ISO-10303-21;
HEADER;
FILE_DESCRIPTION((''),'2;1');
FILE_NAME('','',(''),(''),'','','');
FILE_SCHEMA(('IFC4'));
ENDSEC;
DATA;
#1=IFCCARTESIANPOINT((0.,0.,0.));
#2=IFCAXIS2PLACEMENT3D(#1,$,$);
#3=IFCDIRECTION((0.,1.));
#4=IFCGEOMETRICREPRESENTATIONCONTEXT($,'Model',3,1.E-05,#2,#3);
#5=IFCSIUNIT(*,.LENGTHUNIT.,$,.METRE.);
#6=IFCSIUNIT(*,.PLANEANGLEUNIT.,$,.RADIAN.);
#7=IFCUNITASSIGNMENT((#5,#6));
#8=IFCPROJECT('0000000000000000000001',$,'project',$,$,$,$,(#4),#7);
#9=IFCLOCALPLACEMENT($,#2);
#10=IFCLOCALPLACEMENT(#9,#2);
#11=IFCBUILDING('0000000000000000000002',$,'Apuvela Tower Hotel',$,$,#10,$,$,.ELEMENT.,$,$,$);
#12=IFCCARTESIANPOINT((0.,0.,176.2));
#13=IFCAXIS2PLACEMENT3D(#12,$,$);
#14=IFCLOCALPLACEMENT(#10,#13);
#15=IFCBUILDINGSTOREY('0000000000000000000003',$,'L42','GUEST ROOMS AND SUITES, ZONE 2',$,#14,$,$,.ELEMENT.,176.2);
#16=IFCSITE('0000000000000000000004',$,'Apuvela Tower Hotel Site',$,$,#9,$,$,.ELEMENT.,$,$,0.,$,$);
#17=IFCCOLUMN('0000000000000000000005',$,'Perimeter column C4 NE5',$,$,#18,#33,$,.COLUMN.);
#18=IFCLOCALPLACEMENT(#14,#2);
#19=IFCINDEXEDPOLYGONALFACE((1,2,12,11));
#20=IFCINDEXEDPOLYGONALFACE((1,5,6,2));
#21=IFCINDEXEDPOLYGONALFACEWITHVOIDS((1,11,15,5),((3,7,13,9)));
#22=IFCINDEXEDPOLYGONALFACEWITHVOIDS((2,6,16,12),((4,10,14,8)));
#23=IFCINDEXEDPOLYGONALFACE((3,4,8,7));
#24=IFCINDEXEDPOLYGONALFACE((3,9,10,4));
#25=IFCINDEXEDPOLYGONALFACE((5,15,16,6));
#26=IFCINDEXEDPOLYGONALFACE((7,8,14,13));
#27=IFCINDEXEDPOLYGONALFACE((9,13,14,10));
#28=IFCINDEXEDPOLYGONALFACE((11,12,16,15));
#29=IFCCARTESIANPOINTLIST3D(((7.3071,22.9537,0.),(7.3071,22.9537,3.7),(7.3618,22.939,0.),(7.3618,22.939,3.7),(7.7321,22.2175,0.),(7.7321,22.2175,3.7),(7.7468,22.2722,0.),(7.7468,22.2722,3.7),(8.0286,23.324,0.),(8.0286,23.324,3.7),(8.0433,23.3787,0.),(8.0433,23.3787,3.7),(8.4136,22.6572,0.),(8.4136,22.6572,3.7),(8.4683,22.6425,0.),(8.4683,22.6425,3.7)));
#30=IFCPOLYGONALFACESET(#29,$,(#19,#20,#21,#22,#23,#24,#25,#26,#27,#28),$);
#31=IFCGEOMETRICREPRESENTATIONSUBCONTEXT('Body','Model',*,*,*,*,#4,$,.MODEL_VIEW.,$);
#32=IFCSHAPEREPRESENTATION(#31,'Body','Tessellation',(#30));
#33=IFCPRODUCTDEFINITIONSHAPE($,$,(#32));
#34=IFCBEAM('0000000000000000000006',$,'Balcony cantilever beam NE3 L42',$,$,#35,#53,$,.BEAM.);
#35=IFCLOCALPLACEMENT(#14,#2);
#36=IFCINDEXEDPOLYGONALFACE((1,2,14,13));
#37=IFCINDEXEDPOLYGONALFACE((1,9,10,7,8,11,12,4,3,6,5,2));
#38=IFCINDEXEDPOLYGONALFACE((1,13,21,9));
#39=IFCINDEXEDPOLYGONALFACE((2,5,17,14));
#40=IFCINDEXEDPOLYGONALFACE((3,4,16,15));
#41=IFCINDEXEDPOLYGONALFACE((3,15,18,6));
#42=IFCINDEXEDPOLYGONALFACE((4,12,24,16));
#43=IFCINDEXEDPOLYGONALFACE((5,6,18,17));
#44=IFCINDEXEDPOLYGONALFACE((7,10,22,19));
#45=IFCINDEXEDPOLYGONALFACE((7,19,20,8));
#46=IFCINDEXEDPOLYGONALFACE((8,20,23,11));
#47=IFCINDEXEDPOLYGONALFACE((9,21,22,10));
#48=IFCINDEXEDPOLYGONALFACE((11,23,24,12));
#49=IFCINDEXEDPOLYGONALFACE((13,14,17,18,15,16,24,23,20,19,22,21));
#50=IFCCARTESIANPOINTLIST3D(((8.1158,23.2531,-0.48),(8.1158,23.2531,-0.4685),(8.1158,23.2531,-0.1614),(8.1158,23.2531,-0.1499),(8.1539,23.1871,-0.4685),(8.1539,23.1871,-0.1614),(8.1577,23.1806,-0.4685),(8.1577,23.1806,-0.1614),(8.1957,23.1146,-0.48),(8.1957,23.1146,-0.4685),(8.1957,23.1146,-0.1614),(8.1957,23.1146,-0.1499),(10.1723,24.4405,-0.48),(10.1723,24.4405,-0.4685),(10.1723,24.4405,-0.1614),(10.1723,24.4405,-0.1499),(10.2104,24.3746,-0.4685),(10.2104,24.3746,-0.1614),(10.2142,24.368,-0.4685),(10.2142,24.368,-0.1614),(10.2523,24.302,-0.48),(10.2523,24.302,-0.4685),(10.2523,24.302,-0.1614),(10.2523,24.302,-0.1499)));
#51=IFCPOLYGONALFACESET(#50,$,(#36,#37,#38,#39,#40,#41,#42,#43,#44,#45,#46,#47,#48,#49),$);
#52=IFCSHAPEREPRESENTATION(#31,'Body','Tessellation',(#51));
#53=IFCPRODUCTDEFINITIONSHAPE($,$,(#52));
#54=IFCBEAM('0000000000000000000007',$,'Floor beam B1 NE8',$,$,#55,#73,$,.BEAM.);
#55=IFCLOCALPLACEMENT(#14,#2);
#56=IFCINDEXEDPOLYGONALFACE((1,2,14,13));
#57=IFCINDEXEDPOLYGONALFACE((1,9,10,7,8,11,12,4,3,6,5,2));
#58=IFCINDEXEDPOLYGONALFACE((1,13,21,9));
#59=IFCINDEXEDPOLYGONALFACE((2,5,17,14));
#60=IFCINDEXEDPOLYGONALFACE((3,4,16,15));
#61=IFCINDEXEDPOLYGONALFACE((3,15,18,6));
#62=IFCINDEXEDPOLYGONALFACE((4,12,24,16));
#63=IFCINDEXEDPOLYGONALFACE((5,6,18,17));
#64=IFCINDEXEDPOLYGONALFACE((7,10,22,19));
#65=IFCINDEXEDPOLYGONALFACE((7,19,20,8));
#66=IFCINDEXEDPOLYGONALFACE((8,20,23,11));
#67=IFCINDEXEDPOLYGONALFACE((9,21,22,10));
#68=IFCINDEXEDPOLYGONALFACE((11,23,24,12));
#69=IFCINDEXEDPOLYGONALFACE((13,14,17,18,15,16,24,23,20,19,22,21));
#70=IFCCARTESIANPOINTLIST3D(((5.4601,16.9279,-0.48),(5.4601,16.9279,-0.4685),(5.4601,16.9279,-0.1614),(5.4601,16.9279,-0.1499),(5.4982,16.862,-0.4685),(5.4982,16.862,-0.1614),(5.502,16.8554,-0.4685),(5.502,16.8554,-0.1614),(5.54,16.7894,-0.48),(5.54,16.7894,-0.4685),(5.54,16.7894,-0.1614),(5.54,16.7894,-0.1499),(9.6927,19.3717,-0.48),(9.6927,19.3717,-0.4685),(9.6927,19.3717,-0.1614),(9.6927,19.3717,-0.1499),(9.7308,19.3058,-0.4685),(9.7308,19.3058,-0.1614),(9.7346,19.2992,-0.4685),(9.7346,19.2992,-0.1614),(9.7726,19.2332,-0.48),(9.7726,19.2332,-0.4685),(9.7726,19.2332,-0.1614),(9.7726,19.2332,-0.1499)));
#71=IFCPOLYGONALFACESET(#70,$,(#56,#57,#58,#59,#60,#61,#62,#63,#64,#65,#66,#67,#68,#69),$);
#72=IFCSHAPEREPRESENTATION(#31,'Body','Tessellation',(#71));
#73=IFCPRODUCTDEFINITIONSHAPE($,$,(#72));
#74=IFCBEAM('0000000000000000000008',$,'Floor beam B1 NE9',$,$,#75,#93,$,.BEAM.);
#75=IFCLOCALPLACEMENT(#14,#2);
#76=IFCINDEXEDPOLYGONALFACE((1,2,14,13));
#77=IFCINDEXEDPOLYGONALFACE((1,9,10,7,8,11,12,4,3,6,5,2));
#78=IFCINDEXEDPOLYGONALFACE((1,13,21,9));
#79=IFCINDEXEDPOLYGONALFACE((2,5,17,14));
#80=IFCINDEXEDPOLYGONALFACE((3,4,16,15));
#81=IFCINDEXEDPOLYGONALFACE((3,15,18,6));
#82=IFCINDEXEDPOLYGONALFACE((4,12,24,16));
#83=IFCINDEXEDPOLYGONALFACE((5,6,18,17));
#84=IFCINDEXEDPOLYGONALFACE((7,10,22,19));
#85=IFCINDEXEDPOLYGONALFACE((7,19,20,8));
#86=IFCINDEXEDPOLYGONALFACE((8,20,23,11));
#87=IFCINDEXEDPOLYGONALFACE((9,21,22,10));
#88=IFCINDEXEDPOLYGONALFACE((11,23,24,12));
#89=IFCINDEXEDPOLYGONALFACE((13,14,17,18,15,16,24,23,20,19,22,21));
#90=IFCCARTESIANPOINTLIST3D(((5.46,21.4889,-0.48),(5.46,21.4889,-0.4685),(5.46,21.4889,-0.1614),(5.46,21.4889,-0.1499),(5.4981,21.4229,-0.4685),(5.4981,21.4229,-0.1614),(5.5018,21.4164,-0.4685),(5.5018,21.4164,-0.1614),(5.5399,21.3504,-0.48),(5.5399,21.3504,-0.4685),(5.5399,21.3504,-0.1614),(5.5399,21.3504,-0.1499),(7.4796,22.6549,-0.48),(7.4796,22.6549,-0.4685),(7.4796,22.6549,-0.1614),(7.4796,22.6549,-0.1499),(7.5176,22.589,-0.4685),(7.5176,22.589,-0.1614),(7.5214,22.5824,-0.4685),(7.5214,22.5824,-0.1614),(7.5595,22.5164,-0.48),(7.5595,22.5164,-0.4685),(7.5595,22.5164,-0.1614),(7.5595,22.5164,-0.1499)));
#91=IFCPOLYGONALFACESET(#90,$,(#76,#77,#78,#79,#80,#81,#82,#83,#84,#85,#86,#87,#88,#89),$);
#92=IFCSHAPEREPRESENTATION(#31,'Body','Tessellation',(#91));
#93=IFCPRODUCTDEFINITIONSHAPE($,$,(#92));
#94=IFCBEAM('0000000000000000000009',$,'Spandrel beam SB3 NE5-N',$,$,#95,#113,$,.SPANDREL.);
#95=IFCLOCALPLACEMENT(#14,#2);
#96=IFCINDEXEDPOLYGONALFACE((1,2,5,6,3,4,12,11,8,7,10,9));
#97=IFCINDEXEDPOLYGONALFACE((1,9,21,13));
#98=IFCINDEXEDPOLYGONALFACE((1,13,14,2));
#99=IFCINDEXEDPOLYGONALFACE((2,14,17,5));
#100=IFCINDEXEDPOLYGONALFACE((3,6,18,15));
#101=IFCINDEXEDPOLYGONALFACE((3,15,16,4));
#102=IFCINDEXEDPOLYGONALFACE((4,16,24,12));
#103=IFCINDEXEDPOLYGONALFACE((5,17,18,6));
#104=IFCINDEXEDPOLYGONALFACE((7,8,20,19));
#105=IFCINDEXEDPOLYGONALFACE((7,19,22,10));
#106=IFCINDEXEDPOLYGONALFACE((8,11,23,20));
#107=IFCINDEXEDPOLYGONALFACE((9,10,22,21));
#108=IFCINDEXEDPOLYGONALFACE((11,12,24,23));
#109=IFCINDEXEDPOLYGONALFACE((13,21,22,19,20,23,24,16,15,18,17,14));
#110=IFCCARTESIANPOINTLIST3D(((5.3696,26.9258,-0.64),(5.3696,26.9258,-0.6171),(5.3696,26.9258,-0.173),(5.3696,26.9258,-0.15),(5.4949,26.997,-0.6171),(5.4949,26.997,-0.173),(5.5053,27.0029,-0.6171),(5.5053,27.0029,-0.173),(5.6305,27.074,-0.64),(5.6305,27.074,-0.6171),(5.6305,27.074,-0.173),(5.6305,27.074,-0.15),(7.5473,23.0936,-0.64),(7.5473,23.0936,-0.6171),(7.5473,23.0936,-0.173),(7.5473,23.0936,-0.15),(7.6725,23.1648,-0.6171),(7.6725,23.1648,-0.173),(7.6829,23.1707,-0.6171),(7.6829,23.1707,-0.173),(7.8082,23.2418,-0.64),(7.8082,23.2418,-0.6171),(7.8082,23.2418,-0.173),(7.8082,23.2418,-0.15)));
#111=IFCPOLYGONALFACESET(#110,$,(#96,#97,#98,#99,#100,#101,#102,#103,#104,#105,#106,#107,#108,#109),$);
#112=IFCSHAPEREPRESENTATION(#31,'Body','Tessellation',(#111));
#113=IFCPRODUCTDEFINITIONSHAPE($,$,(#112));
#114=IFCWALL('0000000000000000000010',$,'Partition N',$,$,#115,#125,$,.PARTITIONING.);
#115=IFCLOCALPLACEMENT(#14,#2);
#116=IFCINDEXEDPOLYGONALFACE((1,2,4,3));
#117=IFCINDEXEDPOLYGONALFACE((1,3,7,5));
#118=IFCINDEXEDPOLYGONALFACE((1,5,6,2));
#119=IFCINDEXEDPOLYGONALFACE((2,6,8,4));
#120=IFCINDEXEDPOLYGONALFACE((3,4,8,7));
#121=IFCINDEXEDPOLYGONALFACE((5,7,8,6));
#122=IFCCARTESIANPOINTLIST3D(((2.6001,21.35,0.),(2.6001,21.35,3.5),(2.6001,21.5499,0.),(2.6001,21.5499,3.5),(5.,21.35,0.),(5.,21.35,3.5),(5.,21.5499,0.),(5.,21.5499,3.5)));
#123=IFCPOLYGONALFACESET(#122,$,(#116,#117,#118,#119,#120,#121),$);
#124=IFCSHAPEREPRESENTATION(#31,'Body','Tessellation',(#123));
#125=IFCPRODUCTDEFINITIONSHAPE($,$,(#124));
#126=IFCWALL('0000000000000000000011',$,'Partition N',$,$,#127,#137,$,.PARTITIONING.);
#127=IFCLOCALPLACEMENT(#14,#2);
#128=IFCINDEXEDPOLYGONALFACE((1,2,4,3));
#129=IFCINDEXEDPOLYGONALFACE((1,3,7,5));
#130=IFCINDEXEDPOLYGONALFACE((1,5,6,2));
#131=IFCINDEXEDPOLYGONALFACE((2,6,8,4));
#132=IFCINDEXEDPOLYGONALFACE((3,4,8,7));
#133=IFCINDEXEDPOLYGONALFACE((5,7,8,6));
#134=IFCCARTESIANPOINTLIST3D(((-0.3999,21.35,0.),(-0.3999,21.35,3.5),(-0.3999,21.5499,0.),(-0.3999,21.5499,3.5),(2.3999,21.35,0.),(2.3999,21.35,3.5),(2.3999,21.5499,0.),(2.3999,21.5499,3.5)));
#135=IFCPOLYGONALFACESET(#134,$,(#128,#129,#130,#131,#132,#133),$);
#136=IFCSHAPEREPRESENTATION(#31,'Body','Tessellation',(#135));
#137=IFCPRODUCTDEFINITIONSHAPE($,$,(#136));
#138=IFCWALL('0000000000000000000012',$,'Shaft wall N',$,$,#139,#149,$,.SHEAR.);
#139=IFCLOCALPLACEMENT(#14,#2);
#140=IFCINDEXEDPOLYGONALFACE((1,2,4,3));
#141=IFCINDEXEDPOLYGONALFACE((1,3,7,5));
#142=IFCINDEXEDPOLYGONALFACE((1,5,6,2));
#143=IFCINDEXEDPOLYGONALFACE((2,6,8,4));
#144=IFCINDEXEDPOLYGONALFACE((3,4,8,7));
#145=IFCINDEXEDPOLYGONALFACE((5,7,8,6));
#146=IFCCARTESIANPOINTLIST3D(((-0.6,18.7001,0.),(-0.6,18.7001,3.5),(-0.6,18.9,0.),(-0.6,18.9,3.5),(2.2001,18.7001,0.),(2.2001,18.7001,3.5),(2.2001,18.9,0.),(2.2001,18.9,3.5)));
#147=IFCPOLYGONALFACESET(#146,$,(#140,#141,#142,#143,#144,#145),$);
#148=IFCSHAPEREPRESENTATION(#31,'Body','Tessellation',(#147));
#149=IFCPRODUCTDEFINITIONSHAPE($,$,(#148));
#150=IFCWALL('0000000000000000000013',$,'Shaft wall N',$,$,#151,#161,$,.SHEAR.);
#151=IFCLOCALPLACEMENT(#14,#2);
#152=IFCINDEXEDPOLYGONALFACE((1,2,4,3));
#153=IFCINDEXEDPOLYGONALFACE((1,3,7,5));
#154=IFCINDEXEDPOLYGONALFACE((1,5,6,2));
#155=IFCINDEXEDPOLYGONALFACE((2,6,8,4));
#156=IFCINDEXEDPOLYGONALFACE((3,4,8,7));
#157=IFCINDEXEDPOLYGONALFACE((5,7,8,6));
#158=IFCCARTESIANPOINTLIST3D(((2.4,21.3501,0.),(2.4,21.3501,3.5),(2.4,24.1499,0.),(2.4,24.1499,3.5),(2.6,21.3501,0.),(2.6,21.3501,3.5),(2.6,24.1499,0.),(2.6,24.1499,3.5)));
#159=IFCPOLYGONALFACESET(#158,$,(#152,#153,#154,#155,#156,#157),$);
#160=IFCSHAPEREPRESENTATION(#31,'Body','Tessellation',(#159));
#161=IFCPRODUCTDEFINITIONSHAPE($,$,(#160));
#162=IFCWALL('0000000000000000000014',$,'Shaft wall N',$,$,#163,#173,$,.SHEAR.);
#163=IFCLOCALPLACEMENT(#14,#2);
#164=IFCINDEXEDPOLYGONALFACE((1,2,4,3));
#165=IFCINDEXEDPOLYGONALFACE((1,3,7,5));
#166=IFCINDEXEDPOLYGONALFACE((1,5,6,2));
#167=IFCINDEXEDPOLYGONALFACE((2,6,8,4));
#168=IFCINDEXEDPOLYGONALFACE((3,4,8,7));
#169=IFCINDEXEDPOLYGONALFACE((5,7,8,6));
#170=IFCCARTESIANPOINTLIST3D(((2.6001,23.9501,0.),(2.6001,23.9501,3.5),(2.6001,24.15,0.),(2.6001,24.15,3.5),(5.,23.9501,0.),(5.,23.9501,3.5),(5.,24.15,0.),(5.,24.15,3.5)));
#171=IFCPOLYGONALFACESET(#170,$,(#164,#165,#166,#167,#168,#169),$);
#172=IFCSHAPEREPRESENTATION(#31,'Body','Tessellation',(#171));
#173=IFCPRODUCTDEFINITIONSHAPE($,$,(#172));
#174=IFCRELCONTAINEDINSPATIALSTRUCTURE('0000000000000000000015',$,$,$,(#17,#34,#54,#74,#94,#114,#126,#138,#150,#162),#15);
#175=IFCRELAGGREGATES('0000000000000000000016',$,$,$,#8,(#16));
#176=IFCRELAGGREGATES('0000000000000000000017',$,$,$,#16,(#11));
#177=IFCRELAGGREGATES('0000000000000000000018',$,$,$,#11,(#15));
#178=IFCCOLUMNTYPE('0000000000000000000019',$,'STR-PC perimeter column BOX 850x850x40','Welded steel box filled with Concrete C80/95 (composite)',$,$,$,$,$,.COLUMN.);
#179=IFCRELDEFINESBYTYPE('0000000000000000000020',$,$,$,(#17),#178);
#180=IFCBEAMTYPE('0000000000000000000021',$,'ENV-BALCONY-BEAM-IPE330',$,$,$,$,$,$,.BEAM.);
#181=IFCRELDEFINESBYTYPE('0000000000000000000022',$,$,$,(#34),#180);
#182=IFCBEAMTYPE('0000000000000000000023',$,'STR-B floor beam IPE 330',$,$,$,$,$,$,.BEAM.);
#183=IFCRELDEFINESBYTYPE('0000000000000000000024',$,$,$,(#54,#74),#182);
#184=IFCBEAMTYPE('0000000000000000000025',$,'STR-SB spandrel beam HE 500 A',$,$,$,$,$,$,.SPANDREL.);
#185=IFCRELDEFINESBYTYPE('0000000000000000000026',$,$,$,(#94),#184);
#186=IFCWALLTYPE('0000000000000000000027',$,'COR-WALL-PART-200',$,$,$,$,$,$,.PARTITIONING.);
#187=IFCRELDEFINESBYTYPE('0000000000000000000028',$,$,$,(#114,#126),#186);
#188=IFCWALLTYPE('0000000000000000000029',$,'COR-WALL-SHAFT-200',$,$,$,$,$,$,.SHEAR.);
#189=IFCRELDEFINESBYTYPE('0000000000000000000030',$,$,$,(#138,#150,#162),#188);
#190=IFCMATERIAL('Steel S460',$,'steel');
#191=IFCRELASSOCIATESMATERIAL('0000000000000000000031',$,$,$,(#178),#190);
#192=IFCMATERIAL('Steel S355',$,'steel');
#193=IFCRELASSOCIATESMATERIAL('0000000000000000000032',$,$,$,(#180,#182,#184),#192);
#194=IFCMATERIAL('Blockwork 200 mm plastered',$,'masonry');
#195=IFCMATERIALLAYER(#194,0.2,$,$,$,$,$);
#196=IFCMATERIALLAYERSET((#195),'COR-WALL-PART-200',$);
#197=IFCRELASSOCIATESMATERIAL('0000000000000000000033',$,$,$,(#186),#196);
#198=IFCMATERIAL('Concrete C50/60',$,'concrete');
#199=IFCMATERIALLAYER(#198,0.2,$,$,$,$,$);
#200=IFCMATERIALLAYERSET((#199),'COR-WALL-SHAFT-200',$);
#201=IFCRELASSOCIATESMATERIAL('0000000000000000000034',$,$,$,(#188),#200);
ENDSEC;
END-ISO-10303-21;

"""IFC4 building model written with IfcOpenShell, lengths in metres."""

from ifc_helpers import new_model, si_unit, direction, frame, frame_2d, origin, origin_2d, place, context, subcontext, project, spatial, rectangle, hollow_rectangle, i_section, extrude, material, layer, layer_set, material_profile, profile_set, type_object, element, save


model = new_model("IFC4")

# Units and contexts
model_context = context("Model", 3, precision=1e-05, world=origin(), true_north=direction((0.0, 1.0)))
body_context = subcontext(model_context, "Body", "Model", "MODEL_VIEW")
ifc_project = project(units=[si_unit("LENGTHUNIT", "METRE"), si_unit("PLANEANGLEUNIT", "RADIAN")], contexts=[model_context])

# Site, building, storey
site_placement = place(None, origin())
site = spatial("IfcSite", under=ifc_project, at=site_placement, Name="Apuvela Tower Hotel Site", CompositionType="ELEMENT", RefElevation=0.0)
building_placement = place(site_placement, origin())
building = spatial("IfcBuilding", under=site, at=building_placement, Name="Apuvela Tower Hotel", CompositionType="ELEMENT")
storey_placement = place(building_placement, frame((0.0, 0.0, 176.2)))
storey = spatial("IfcBuildingStorey", under=building, at=storey_placement, Name="L42", Description="GUEST ROOMS AND SUITES, ZONE 2", CompositionType="ELEMENT", Elevation=176.2)

# Column
ifc_material_1 = material(Name="Steel S460", Category="steel")
ifc_material_profile_1 = material_profile(ifc_material_1, hollow_rectangle(XDim=0.8501, YDim=0.8501, WallThickness=0.04, at=origin_2d()), Name="BOX 850x850x40")
ifc_material_2 = material(Name="Concrete C80/95", Category="concrete")
ifc_material_profile_2 = material_profile(ifc_material_2, rectangle(XDim=0.77, YDim=0.77, at=origin_2d()), Name="Concrete C80/95 infill")
ifc_profile_set_1 = profile_set([ifc_material_profile_1, ifc_material_profile_2], Name="Steel S460")
column_type = type_object("IfcColumnType", Name="STR-PC perimeter column BOX 850x850x40", Description="Welded steel box filled with Concrete C80/95 (composite)", PredefinedType="COLUMN", material=ifc_profile_set_1)
column_placement = place(storey_placement, frame((7.8877, 22.7981, 0.0), z_axis=(0.0, 0.0, 1.0), x_axis=(-0.5, 0.866025, 0.0)))
element("IfcColumn", 1, at=column_placement, inside=storey, type_object=column_type, Name="Perimeter column C4 NE5", PredefinedType="COLUMN", context=body_context, shape_type="SweptSolid", body=[
    extrude(hollow_rectangle(XDim=0.8501, YDim=0.8501, WallThickness=0.04, at=origin_2d()), origin(), (0.0, 0.0, 1.0), 3.7),
])

# Beams
ifc_material_3 = material(Name="Steel S355", Category="steel")
ifc_material_profile_3 = material_profile(ifc_material_3, i_section(OverallWidth=0.1599, OverallDepth=0.3301, WebThickness=0.0076, FlangeThickness=0.0115, at=origin_2d()), Name="IPE 330")
ifc_profile_set_2 = profile_set([ifc_material_profile_3], Name="Steel S355")
beam_type_1 = type_object("IfcBeamType", Name="ENV-BALCONY-BEAM-IPE330", PredefinedType="BEAM", material=ifc_profile_set_2)
beam_1_placement = place(storey_placement, frame((8.1558, 23.1838, -0.3149), z_axis=(0.866008, 0.500031, 0.0), x_axis=(-0.500031, 0.866008, 0.0)))
element("IfcBeam", 2, at=beam_1_placement, inside=storey, type_object=beam_type_1, Name="Balcony cantilever beam NE3 L42", PredefinedType="BEAM", context=body_context, shape_type="SweptSolid", body=[
    extrude(i_section(OverallWidth=0.1599, OverallDepth=0.3301, WebThickness=0.0076, FlangeThickness=0.0115, at=origin_2d()), origin(), (0.0, 0.0, 1.0), 2.3748),
])
ifc_material_profile_4 = material_profile(ifc_material_3, i_section(OverallWidth=0.1599, OverallDepth=0.3301, WebThickness=0.0076, FlangeThickness=0.0115, at=origin_2d()), Name="IPE 330")
ifc_profile_set_3 = profile_set([ifc_material_profile_4], Name="Steel S355")
beam_type_2 = type_object("IfcBeamType", Name="STR-B floor beam IPE 330", PredefinedType="BEAM", material=ifc_profile_set_3)
beam_2_placement = place(storey_placement, frame((9.7327, 19.3025, -0.3149), z_axis=(-0.866015, -0.500018, 0.0), x_axis=(0.500018, -0.866015, 0.0)))
element("IfcBeam", 3, at=beam_2_placement, inside=storey, type_object=beam_type_2, Name="Floor beam B1 NE8", PredefinedType="BEAM", context=body_context, shape_type="SweptSolid", body=[
    extrude(i_section(OverallWidth=0.1599, OverallDepth=0.3301, WebThickness=0.0076, FlangeThickness=0.0115, at=origin_2d()), origin(), (0.0, 0.0, 1.0), 4.8875),
])
beam_3_placement = place(storey_placement, frame((7.5195, 22.5857, -0.3149), z_axis=(-0.866018, -0.500012, 0.0), x_axis=(0.500012, -0.866018, 0.0)))
element("IfcBeam", 4, at=beam_3_placement, inside=storey, type_object=beam_type_2, Name="Floor beam B1 NE9", PredefinedType="BEAM", context=body_context, shape_type="SweptSolid", body=[
    extrude(i_section(OverallWidth=0.1599, OverallDepth=0.3301, WebThickness=0.0076, FlangeThickness=0.0115, at=origin_2d()), origin(), (0.0, 0.0, 1.0), 2.332),
])
ifc_material_profile_5 = material_profile(ifc_material_3, i_section(OverallWidth=0.3, OverallDepth=0.49, WebThickness=0.012, FlangeThickness=0.0229, at=origin_2d()), Name="HE 500 A")
ifc_profile_set_4 = profile_set([ifc_material_profile_5], Name="Steel S355")
beam_type_3 = type_object("IfcBeamType", Name="STR-SB spandrel beam HE 500 A", PredefinedType="SPANDREL", material=ifc_profile_set_4)
beam_4_placement = place(storey_placement, frame((7.6777, 23.1677, -0.395), z_axis=(-0.494062, 0.869427, 0.0), x_axis=(-0.869427, -0.494062, 0.0)))
element("IfcBeam", 5, at=beam_4_placement, inside=storey, type_object=beam_type_3, Name="Spandrel beam SB3 NE5-N", PredefinedType="SPANDREL", context=body_context, shape_type="SweptSolid", body=[
    extrude(i_section(OverallWidth=0.3, OverallDepth=0.49, WebThickness=0.012, FlangeThickness=0.0229, at=origin_2d()), origin(), (0.0, 0.0, 1.0), 4.4077),
])

# Walls
ifc_material_4 = material(Name="Blockwork 200 mm plastered", Category="masonry")
ifc_layer_1 = layer(ifc_material_4, 0.2)
ifc_layer_set_1 = layer_set([ifc_layer_1], Name="COR-WALL-PART-200")
wall_type_1 = type_object("IfcWallType", Name="COR-WALL-PART-200", PredefinedType="PARTITIONING", material=ifc_layer_set_1)
wall_1_placement = place(storey_placement, frame((5.0, 21.45, 0.0), z_axis=(0.0, 0.0, 1.0), x_axis=(-1.0, 0.0, 0.0)))
element("IfcWall", 6, at=wall_1_placement, inside=storey, type_object=wall_type_1, Name="Partition N", PredefinedType="PARTITIONING", context=body_context, shape_type="SweptSolid", body=[
    extrude(rectangle(XDim=2.3999, YDim=0.2, at=frame_2d((1.2, 0.0))), origin(), (0.0, 0.0, 1.0), 3.5),
])
wall_2_placement = place(storey_placement, frame((2.3999, 21.45, 0.0), z_axis=(0.0, 0.0, 1.0), x_axis=(-1.0, 0.0, 0.0)))
element("IfcWall", 7, at=wall_2_placement, inside=storey, type_object=wall_type_1, Name="Partition N", PredefinedType="PARTITIONING", context=body_context, shape_type="SweptSolid", body=[
    extrude(rectangle(XDim=2.7998, YDim=0.2, at=frame_2d((1.3999, 0.0))), origin(), (0.0, 0.0, 1.0), 3.5),
])
ifc_material_5 = material(Name="Concrete C50/60", Category="concrete")
ifc_layer_2 = layer(ifc_material_5, 0.2)
ifc_layer_set_2 = layer_set([ifc_layer_2], Name="COR-WALL-SHAFT-200")
wall_type_2 = type_object("IfcWallType", Name="COR-WALL-SHAFT-200", PredefinedType="SHEAR", material=ifc_layer_set_2)
wall_3_placement = place(storey_placement, frame((2.2, 18.8, 0.0), z_axis=(0.0, 0.0, 1.0), x_axis=(-1.0, 0.0, 0.0)))
element("IfcWall", 8, at=wall_3_placement, inside=storey, type_object=wall_type_2, Name="Shaft wall N", PredefinedType="SHEAR", context=body_context, shape_type="SweptSolid", body=[
    extrude(rectangle(XDim=2.8, YDim=0.2, at=frame_2d((1.3999, 0.0))), origin(), (0.0, 0.0, 1.0), 3.5),
])
wall_4_placement = place(storey_placement, frame((2.5, 21.3501, 0.0), z_axis=(0.0, 0.0, 1.0), x_axis=(0.0, 1.0, 0.0)))
element("IfcWall", 9, at=wall_4_placement, inside=storey, type_object=wall_type_2, Name="Shaft wall N", PredefinedType="SHEAR", context=body_context, shape_type="SweptSolid", body=[
    extrude(rectangle(XDim=2.7998, YDim=0.2, at=frame_2d((1.3999, 0.0))), origin(), (0.0, 0.0, 1.0), 3.5),
])
wall_5_placement = place(storey_placement, frame((5.0, 24.05, 0.0), z_axis=(0.0, 0.0, 1.0), x_axis=(-1.0, 0.0, 0.0)))
element("IfcWall", 10, at=wall_5_placement, inside=storey, type_object=wall_type_2, Name="Shaft wall N", PredefinedType="SHEAR", context=body_context, shape_type="SweptSolid", body=[
    extrude(rectangle(XDim=2.3999, YDim=0.2, at=frame_2d((1.2, 0.0))), origin(), (0.0, 0.0, 1.0), 3.5),
])

save(model, "model.ifc")
